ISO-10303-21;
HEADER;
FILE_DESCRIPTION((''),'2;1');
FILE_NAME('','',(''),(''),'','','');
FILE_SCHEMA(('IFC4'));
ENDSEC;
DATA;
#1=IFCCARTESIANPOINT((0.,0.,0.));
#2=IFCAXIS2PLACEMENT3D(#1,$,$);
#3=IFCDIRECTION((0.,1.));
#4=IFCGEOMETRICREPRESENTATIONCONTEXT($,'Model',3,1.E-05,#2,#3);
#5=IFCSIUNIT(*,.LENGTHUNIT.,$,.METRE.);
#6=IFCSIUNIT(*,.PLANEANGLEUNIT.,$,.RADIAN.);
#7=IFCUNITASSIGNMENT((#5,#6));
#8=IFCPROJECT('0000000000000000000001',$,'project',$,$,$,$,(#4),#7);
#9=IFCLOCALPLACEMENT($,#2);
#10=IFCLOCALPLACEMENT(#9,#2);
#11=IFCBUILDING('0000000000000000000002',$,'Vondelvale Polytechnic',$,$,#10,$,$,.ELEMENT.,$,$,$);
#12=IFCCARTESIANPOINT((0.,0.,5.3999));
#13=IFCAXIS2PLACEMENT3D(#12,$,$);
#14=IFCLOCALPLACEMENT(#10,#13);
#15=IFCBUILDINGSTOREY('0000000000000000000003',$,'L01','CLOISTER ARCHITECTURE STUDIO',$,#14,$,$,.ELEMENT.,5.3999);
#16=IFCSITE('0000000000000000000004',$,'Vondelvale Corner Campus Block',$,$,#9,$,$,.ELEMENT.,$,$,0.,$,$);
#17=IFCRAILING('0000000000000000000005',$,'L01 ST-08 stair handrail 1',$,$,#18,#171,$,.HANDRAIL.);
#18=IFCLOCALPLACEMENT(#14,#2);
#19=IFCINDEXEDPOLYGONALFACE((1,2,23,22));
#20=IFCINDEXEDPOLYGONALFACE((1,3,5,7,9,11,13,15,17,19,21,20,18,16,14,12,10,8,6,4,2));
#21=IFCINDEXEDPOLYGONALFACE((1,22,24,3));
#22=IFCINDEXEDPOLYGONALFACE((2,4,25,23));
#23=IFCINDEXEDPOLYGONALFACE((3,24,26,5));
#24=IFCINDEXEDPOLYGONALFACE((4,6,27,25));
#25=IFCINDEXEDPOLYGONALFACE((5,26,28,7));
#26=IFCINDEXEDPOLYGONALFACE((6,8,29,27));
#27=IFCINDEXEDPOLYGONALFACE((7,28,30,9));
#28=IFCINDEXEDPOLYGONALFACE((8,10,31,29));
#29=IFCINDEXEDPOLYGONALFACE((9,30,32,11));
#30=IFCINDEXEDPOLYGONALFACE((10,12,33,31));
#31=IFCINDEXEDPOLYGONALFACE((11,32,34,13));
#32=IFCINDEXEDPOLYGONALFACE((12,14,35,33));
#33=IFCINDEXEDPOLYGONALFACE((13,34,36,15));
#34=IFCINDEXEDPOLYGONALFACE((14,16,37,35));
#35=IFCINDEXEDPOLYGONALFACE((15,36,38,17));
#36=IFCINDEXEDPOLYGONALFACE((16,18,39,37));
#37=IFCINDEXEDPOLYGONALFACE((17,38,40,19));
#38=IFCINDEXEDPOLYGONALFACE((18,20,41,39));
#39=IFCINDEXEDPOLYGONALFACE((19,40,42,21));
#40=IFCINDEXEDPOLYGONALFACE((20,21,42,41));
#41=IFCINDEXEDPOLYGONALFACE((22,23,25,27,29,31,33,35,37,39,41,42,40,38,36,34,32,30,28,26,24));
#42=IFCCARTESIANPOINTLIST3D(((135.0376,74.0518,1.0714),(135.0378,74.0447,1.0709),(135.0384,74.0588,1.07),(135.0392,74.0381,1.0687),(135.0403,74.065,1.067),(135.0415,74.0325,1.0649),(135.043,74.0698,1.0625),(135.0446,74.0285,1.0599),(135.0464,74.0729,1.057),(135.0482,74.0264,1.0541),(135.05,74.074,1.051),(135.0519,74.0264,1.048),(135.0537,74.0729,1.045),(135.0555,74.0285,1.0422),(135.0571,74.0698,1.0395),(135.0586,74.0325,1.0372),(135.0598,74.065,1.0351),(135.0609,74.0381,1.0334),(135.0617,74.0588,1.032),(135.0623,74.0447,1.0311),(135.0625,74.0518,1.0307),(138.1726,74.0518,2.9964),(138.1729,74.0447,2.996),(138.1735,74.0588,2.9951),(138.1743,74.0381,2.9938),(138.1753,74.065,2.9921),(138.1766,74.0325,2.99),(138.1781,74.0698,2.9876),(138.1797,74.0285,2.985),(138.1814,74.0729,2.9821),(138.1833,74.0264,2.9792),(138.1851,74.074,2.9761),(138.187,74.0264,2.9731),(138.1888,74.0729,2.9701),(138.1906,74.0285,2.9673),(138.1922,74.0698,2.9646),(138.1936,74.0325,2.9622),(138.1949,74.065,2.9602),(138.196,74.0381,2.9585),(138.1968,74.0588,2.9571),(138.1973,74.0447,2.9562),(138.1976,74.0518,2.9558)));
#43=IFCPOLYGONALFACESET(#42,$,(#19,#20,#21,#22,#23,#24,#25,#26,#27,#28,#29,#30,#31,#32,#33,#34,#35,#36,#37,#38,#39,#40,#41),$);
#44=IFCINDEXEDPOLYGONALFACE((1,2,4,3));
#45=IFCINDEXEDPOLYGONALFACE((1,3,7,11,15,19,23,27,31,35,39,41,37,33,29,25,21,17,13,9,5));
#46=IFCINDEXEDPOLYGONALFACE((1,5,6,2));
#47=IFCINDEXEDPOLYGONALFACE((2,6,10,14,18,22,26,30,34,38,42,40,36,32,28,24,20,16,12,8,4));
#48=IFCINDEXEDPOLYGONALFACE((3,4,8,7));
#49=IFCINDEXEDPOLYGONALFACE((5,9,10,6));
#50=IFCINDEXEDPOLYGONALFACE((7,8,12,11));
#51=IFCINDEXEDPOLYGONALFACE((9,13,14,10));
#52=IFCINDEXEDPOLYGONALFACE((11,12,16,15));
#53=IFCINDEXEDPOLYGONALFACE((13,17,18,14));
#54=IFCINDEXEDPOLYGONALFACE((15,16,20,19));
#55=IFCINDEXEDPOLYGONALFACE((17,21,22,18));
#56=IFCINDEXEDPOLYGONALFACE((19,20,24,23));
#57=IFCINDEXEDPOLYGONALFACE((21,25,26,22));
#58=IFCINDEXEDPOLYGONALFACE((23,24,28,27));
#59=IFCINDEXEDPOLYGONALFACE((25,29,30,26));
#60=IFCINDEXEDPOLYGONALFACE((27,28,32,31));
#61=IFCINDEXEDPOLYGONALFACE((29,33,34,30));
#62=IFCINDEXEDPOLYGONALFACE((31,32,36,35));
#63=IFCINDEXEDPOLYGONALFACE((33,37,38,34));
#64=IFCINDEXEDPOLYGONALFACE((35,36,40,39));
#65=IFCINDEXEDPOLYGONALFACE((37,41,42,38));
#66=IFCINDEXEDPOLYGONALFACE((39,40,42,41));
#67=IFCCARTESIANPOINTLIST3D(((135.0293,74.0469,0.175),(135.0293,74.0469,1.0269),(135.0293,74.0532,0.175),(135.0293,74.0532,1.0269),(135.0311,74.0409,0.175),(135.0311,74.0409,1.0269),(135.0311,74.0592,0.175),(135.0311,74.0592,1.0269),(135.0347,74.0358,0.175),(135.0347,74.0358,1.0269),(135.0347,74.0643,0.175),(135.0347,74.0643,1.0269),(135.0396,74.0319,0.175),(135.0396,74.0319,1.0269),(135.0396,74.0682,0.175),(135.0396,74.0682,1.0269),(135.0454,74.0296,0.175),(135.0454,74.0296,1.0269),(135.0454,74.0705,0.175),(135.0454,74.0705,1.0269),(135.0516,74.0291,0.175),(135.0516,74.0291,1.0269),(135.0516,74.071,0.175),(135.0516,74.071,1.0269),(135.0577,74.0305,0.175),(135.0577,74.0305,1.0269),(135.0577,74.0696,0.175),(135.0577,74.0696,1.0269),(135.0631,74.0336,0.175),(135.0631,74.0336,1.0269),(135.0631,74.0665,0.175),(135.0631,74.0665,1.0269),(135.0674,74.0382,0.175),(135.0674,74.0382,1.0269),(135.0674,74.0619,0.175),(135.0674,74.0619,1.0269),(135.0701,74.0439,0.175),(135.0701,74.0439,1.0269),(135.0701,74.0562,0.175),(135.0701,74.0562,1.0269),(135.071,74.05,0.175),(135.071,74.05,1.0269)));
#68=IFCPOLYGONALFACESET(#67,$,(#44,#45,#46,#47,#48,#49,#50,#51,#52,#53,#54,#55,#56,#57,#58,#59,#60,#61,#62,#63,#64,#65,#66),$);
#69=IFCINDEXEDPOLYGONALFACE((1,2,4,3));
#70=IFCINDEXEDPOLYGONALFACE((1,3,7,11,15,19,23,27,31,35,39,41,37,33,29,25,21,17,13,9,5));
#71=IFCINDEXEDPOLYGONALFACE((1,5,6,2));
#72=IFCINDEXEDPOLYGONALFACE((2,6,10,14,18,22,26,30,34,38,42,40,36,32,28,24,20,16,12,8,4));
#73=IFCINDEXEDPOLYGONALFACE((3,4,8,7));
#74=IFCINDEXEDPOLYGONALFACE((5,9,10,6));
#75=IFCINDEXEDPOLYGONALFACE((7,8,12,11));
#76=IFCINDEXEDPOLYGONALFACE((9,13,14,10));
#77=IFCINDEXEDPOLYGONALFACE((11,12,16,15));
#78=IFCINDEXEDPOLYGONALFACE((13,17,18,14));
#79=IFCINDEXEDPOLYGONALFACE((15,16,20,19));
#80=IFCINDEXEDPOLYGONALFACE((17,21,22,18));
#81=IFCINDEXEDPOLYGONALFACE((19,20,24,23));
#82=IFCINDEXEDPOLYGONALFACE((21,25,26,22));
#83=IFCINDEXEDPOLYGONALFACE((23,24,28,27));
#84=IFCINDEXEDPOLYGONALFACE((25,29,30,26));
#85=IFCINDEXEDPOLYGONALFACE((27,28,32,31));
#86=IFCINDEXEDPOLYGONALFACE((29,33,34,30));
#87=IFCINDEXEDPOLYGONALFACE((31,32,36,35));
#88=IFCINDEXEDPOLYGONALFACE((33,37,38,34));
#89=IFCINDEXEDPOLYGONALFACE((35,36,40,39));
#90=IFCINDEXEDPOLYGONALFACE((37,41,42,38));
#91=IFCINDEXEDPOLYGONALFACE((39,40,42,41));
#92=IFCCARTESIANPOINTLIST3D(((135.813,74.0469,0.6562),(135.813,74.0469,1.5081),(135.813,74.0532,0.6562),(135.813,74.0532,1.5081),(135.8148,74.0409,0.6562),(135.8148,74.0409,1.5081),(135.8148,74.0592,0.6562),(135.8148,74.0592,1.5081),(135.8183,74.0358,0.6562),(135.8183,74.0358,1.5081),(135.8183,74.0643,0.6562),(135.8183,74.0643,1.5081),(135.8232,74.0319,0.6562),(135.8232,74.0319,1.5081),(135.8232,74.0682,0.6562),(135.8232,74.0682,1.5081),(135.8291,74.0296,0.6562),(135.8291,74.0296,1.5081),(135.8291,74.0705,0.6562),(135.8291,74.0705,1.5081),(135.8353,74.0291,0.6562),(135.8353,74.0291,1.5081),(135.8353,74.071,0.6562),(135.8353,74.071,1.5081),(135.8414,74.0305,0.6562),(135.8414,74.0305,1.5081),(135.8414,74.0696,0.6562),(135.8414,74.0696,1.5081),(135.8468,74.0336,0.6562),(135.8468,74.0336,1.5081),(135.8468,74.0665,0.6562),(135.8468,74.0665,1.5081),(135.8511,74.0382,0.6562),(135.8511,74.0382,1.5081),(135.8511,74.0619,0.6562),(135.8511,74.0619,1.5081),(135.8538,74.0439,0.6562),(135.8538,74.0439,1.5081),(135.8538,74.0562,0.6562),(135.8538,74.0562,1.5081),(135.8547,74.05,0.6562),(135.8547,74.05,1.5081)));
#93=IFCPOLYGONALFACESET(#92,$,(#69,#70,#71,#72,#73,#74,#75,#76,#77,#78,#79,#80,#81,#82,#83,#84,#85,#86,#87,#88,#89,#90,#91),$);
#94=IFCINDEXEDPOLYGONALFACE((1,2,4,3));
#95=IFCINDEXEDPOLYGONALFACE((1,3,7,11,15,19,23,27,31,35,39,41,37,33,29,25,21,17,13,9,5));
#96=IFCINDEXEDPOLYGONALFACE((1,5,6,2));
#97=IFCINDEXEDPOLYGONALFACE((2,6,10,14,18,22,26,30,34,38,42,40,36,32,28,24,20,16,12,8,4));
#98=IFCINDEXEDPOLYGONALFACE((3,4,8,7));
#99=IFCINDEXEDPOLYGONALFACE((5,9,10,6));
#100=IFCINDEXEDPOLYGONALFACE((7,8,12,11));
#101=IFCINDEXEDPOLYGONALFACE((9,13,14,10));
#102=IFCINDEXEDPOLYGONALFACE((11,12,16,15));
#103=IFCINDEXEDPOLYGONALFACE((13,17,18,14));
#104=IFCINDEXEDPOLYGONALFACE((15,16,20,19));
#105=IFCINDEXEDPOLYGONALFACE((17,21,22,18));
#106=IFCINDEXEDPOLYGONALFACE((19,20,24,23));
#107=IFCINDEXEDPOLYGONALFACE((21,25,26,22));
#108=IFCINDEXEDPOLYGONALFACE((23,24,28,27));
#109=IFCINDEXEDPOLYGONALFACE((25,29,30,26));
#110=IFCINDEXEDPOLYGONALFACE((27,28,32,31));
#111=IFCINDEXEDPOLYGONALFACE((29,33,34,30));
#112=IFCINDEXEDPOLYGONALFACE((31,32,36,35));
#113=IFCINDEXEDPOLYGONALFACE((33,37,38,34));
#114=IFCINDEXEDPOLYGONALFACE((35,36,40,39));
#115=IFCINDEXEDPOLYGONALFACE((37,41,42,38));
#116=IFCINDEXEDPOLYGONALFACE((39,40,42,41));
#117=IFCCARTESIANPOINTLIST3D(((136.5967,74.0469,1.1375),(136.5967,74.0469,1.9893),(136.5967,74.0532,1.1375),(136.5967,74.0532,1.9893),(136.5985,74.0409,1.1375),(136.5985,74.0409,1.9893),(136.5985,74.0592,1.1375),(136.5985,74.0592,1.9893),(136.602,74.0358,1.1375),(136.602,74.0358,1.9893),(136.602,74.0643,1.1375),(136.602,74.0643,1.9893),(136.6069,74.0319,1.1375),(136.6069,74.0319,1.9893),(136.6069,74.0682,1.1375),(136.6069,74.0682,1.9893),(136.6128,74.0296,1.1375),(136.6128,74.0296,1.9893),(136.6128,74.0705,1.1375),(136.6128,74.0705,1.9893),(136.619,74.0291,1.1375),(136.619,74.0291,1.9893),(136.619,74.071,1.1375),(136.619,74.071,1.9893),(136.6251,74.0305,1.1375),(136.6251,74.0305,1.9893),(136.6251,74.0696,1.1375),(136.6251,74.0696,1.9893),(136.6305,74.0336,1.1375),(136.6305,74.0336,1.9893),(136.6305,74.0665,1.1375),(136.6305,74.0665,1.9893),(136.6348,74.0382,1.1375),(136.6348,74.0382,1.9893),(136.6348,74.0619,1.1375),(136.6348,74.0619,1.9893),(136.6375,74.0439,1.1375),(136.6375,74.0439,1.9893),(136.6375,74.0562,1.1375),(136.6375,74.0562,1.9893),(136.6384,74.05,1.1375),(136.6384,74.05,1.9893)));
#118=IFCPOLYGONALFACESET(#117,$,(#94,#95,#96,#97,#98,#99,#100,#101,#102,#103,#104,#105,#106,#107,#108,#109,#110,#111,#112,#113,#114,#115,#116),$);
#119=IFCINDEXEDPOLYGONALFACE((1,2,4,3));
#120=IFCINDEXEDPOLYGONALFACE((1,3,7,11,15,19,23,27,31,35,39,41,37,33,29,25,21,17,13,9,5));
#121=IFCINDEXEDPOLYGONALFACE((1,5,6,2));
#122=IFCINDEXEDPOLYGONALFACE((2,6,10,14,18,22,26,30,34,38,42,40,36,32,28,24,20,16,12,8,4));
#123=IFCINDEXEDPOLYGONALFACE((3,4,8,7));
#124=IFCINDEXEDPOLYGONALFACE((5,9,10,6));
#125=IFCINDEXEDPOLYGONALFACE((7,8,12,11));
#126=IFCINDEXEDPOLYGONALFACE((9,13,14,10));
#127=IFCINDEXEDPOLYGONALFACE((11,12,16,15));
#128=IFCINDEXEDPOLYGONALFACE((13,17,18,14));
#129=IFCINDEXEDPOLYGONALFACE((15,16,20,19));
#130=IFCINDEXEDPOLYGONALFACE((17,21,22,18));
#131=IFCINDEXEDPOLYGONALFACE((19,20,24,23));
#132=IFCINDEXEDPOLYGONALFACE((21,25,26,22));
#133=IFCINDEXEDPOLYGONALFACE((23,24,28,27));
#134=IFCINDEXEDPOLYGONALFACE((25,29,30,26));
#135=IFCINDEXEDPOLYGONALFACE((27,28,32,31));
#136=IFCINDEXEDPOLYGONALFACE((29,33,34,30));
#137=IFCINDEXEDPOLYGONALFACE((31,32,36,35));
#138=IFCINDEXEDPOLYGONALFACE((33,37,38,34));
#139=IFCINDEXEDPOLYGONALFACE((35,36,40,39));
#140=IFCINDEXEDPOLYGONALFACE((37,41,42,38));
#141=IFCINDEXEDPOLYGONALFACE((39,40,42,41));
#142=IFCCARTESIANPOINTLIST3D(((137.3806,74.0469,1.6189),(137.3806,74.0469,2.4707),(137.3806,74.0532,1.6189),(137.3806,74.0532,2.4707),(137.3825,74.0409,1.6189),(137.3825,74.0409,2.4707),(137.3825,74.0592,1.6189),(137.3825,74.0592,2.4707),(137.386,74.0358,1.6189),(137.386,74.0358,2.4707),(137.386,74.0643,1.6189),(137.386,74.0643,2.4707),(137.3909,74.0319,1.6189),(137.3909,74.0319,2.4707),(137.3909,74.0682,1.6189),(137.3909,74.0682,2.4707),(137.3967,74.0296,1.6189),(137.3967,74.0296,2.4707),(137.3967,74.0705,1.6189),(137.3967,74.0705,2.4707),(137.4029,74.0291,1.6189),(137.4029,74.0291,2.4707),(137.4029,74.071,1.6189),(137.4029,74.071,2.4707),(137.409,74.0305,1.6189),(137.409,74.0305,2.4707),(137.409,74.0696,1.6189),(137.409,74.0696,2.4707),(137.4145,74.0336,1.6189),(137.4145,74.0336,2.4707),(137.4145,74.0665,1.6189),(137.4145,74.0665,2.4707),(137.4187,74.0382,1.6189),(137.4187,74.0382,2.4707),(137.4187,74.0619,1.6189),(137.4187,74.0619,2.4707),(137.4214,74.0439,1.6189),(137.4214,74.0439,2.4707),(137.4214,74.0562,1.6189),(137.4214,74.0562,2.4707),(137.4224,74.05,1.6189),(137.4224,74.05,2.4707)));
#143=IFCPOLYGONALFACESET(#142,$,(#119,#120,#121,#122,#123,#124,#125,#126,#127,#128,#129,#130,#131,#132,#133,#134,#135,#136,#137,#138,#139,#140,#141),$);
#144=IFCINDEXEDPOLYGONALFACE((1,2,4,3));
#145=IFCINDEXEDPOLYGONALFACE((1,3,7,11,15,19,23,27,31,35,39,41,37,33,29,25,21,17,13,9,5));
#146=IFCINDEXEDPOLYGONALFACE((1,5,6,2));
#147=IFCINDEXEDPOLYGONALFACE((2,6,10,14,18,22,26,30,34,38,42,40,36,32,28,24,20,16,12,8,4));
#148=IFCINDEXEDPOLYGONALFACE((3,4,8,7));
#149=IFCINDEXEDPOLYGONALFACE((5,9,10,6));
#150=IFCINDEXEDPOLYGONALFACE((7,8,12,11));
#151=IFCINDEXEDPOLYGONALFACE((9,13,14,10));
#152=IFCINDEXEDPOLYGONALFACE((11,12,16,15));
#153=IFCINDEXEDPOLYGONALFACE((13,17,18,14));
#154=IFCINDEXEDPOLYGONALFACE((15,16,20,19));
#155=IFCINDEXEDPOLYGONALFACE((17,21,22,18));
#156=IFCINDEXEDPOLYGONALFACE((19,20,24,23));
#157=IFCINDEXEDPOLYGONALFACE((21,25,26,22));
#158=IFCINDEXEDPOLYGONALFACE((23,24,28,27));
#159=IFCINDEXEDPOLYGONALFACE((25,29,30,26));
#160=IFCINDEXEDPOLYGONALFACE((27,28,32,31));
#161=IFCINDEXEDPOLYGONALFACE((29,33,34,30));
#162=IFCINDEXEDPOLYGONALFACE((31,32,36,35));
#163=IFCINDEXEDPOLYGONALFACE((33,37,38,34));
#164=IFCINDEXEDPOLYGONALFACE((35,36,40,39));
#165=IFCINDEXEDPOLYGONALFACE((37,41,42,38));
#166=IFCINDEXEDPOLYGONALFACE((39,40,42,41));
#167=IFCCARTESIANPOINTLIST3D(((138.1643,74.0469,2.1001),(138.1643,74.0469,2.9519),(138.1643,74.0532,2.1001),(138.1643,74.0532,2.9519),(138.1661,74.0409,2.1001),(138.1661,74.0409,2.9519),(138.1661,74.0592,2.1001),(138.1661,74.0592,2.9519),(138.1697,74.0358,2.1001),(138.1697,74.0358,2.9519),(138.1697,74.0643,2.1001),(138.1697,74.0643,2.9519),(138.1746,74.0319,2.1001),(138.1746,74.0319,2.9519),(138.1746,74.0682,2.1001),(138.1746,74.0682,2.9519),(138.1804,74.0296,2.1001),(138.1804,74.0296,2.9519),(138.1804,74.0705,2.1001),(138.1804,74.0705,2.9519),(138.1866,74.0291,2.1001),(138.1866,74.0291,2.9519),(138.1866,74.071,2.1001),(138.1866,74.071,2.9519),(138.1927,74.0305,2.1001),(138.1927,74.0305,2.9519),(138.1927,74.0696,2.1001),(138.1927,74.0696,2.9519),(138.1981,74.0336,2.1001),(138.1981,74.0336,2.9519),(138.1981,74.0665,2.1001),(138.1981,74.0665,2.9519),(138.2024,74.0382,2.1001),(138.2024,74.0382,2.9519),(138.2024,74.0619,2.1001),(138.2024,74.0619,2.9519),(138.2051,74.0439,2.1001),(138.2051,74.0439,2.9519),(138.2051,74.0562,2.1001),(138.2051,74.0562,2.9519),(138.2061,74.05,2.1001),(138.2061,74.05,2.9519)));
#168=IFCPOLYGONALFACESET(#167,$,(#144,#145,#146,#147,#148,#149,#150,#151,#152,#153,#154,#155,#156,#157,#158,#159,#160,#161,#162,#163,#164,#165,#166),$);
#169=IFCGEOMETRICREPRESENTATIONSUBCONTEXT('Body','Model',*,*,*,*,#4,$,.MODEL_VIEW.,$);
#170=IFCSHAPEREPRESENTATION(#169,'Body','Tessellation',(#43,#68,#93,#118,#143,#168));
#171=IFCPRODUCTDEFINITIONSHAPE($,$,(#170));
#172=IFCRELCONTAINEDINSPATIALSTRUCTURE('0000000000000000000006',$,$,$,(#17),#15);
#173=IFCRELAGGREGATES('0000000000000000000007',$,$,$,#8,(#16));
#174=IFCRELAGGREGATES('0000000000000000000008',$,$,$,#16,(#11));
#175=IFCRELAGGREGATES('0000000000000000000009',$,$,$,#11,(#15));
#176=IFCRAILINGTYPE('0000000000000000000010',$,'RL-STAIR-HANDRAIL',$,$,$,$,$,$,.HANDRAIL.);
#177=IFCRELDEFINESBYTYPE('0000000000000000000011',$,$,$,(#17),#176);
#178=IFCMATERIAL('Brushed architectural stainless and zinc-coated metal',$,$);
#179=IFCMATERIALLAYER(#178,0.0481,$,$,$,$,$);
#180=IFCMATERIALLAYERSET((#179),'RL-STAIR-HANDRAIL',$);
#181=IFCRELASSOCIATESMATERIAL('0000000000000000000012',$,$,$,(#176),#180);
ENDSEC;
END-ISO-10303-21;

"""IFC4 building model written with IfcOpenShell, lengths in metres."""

from ifc_helpers import new_model, si_unit, direction, frame, origin, origin_2d, place, context, subcontext, project, spatial, circle, extrude, material, layer, layer_set, type_object, element, save


model = new_model("IFC4")

# Units and contexts
model_context = context("Model", 3, precision=1e-05, world=origin(), true_north=direction((0.0, 1.0)))
body_context = subcontext(model_context, "Body", "Model", "MODEL_VIEW")
ifc_project = project(units=[si_unit("LENGTHUNIT", "METRE"), si_unit("PLANEANGLEUNIT", "RADIAN")], contexts=[model_context])

# Site, building, storey
site_placement = place(None, origin())
site = spatial("IfcSite", under=ifc_project, at=site_placement, Name="Vondelvale Corner Campus Block", CompositionType="ELEMENT", RefElevation=0.0)
building_placement = place(site_placement, origin())
building = spatial("IfcBuilding", under=site, at=building_placement, Name="Vondelvale Polytechnic", CompositionType="ELEMENT")
storey_placement = place(building_placement, frame((0.0, 0.0, 5.3999)))
storey = spatial("IfcBuildingStorey", under=building, at=storey_placement, Name="L01", Description="CLOISTER ARCHITECTURE STUDIO", CompositionType="ELEMENT", Elevation=5.3999)

# Shared definitions
ifc_material_1 = material(Name="Brushed architectural stainless and zinc-coated metal")

# Railing
ifc_layer_1 = layer(ifc_material_1, 0.0481)
ifc_layer_set_1 = layer_set([ifc_layer_1], Name="RL-STAIR-HANDRAIL")
railing_type_1 = type_object("IfcRailingType", Name="RL-STAIR-HANDRAIL", PredefinedType="HANDRAIL", material=ifc_layer_set_1)
railing_1_placement = place(storey_placement, frame((135.05, 74.05, 0.175)))
element("IfcRailing", 1, at=railing_1_placement, inside=storey, type_object=railing_type_1, Name="L01 ST-08 stair handrail 1", PredefinedType="HANDRAIL", context=body_context, shape_type="SweptSolid", body=[
    extrude(circle(Radius=0.0239, at=origin_2d()), frame((0.0, 0.0, 0.876), z_axis=(0.852166, 0.0, 0.523271), x_axis=(0.0, 1.0, 0.0)), (0.0, 0.0, 1.0), 3.679),
    extrude(circle(Radius=0.021, at=origin_2d()), origin(), (0.0, 0.0, 1.0), 0.8518),
    extrude(circle(Radius=0.021, at=origin_2d()), frame((0.7837, 0.0, 0.4812)), (0.0, 0.0, 1.0), 0.8518),
    extrude(circle(Radius=0.021, at=origin_2d()), frame((1.5674, 0.0, 0.9624)), (0.0, 0.0, 1.0), 0.8518),
    extrude(circle(Radius=0.021, at=origin_2d()), frame((2.3513, 0.0, 1.4438)), (0.0, 0.0, 1.0), 0.8518),
    extrude(circle(Radius=0.021, at=origin_2d()), frame((3.135, 0.0, 1.925)), (0.0, 0.0, 1.0), 0.8518),
])

save(model, "model.ifc")
